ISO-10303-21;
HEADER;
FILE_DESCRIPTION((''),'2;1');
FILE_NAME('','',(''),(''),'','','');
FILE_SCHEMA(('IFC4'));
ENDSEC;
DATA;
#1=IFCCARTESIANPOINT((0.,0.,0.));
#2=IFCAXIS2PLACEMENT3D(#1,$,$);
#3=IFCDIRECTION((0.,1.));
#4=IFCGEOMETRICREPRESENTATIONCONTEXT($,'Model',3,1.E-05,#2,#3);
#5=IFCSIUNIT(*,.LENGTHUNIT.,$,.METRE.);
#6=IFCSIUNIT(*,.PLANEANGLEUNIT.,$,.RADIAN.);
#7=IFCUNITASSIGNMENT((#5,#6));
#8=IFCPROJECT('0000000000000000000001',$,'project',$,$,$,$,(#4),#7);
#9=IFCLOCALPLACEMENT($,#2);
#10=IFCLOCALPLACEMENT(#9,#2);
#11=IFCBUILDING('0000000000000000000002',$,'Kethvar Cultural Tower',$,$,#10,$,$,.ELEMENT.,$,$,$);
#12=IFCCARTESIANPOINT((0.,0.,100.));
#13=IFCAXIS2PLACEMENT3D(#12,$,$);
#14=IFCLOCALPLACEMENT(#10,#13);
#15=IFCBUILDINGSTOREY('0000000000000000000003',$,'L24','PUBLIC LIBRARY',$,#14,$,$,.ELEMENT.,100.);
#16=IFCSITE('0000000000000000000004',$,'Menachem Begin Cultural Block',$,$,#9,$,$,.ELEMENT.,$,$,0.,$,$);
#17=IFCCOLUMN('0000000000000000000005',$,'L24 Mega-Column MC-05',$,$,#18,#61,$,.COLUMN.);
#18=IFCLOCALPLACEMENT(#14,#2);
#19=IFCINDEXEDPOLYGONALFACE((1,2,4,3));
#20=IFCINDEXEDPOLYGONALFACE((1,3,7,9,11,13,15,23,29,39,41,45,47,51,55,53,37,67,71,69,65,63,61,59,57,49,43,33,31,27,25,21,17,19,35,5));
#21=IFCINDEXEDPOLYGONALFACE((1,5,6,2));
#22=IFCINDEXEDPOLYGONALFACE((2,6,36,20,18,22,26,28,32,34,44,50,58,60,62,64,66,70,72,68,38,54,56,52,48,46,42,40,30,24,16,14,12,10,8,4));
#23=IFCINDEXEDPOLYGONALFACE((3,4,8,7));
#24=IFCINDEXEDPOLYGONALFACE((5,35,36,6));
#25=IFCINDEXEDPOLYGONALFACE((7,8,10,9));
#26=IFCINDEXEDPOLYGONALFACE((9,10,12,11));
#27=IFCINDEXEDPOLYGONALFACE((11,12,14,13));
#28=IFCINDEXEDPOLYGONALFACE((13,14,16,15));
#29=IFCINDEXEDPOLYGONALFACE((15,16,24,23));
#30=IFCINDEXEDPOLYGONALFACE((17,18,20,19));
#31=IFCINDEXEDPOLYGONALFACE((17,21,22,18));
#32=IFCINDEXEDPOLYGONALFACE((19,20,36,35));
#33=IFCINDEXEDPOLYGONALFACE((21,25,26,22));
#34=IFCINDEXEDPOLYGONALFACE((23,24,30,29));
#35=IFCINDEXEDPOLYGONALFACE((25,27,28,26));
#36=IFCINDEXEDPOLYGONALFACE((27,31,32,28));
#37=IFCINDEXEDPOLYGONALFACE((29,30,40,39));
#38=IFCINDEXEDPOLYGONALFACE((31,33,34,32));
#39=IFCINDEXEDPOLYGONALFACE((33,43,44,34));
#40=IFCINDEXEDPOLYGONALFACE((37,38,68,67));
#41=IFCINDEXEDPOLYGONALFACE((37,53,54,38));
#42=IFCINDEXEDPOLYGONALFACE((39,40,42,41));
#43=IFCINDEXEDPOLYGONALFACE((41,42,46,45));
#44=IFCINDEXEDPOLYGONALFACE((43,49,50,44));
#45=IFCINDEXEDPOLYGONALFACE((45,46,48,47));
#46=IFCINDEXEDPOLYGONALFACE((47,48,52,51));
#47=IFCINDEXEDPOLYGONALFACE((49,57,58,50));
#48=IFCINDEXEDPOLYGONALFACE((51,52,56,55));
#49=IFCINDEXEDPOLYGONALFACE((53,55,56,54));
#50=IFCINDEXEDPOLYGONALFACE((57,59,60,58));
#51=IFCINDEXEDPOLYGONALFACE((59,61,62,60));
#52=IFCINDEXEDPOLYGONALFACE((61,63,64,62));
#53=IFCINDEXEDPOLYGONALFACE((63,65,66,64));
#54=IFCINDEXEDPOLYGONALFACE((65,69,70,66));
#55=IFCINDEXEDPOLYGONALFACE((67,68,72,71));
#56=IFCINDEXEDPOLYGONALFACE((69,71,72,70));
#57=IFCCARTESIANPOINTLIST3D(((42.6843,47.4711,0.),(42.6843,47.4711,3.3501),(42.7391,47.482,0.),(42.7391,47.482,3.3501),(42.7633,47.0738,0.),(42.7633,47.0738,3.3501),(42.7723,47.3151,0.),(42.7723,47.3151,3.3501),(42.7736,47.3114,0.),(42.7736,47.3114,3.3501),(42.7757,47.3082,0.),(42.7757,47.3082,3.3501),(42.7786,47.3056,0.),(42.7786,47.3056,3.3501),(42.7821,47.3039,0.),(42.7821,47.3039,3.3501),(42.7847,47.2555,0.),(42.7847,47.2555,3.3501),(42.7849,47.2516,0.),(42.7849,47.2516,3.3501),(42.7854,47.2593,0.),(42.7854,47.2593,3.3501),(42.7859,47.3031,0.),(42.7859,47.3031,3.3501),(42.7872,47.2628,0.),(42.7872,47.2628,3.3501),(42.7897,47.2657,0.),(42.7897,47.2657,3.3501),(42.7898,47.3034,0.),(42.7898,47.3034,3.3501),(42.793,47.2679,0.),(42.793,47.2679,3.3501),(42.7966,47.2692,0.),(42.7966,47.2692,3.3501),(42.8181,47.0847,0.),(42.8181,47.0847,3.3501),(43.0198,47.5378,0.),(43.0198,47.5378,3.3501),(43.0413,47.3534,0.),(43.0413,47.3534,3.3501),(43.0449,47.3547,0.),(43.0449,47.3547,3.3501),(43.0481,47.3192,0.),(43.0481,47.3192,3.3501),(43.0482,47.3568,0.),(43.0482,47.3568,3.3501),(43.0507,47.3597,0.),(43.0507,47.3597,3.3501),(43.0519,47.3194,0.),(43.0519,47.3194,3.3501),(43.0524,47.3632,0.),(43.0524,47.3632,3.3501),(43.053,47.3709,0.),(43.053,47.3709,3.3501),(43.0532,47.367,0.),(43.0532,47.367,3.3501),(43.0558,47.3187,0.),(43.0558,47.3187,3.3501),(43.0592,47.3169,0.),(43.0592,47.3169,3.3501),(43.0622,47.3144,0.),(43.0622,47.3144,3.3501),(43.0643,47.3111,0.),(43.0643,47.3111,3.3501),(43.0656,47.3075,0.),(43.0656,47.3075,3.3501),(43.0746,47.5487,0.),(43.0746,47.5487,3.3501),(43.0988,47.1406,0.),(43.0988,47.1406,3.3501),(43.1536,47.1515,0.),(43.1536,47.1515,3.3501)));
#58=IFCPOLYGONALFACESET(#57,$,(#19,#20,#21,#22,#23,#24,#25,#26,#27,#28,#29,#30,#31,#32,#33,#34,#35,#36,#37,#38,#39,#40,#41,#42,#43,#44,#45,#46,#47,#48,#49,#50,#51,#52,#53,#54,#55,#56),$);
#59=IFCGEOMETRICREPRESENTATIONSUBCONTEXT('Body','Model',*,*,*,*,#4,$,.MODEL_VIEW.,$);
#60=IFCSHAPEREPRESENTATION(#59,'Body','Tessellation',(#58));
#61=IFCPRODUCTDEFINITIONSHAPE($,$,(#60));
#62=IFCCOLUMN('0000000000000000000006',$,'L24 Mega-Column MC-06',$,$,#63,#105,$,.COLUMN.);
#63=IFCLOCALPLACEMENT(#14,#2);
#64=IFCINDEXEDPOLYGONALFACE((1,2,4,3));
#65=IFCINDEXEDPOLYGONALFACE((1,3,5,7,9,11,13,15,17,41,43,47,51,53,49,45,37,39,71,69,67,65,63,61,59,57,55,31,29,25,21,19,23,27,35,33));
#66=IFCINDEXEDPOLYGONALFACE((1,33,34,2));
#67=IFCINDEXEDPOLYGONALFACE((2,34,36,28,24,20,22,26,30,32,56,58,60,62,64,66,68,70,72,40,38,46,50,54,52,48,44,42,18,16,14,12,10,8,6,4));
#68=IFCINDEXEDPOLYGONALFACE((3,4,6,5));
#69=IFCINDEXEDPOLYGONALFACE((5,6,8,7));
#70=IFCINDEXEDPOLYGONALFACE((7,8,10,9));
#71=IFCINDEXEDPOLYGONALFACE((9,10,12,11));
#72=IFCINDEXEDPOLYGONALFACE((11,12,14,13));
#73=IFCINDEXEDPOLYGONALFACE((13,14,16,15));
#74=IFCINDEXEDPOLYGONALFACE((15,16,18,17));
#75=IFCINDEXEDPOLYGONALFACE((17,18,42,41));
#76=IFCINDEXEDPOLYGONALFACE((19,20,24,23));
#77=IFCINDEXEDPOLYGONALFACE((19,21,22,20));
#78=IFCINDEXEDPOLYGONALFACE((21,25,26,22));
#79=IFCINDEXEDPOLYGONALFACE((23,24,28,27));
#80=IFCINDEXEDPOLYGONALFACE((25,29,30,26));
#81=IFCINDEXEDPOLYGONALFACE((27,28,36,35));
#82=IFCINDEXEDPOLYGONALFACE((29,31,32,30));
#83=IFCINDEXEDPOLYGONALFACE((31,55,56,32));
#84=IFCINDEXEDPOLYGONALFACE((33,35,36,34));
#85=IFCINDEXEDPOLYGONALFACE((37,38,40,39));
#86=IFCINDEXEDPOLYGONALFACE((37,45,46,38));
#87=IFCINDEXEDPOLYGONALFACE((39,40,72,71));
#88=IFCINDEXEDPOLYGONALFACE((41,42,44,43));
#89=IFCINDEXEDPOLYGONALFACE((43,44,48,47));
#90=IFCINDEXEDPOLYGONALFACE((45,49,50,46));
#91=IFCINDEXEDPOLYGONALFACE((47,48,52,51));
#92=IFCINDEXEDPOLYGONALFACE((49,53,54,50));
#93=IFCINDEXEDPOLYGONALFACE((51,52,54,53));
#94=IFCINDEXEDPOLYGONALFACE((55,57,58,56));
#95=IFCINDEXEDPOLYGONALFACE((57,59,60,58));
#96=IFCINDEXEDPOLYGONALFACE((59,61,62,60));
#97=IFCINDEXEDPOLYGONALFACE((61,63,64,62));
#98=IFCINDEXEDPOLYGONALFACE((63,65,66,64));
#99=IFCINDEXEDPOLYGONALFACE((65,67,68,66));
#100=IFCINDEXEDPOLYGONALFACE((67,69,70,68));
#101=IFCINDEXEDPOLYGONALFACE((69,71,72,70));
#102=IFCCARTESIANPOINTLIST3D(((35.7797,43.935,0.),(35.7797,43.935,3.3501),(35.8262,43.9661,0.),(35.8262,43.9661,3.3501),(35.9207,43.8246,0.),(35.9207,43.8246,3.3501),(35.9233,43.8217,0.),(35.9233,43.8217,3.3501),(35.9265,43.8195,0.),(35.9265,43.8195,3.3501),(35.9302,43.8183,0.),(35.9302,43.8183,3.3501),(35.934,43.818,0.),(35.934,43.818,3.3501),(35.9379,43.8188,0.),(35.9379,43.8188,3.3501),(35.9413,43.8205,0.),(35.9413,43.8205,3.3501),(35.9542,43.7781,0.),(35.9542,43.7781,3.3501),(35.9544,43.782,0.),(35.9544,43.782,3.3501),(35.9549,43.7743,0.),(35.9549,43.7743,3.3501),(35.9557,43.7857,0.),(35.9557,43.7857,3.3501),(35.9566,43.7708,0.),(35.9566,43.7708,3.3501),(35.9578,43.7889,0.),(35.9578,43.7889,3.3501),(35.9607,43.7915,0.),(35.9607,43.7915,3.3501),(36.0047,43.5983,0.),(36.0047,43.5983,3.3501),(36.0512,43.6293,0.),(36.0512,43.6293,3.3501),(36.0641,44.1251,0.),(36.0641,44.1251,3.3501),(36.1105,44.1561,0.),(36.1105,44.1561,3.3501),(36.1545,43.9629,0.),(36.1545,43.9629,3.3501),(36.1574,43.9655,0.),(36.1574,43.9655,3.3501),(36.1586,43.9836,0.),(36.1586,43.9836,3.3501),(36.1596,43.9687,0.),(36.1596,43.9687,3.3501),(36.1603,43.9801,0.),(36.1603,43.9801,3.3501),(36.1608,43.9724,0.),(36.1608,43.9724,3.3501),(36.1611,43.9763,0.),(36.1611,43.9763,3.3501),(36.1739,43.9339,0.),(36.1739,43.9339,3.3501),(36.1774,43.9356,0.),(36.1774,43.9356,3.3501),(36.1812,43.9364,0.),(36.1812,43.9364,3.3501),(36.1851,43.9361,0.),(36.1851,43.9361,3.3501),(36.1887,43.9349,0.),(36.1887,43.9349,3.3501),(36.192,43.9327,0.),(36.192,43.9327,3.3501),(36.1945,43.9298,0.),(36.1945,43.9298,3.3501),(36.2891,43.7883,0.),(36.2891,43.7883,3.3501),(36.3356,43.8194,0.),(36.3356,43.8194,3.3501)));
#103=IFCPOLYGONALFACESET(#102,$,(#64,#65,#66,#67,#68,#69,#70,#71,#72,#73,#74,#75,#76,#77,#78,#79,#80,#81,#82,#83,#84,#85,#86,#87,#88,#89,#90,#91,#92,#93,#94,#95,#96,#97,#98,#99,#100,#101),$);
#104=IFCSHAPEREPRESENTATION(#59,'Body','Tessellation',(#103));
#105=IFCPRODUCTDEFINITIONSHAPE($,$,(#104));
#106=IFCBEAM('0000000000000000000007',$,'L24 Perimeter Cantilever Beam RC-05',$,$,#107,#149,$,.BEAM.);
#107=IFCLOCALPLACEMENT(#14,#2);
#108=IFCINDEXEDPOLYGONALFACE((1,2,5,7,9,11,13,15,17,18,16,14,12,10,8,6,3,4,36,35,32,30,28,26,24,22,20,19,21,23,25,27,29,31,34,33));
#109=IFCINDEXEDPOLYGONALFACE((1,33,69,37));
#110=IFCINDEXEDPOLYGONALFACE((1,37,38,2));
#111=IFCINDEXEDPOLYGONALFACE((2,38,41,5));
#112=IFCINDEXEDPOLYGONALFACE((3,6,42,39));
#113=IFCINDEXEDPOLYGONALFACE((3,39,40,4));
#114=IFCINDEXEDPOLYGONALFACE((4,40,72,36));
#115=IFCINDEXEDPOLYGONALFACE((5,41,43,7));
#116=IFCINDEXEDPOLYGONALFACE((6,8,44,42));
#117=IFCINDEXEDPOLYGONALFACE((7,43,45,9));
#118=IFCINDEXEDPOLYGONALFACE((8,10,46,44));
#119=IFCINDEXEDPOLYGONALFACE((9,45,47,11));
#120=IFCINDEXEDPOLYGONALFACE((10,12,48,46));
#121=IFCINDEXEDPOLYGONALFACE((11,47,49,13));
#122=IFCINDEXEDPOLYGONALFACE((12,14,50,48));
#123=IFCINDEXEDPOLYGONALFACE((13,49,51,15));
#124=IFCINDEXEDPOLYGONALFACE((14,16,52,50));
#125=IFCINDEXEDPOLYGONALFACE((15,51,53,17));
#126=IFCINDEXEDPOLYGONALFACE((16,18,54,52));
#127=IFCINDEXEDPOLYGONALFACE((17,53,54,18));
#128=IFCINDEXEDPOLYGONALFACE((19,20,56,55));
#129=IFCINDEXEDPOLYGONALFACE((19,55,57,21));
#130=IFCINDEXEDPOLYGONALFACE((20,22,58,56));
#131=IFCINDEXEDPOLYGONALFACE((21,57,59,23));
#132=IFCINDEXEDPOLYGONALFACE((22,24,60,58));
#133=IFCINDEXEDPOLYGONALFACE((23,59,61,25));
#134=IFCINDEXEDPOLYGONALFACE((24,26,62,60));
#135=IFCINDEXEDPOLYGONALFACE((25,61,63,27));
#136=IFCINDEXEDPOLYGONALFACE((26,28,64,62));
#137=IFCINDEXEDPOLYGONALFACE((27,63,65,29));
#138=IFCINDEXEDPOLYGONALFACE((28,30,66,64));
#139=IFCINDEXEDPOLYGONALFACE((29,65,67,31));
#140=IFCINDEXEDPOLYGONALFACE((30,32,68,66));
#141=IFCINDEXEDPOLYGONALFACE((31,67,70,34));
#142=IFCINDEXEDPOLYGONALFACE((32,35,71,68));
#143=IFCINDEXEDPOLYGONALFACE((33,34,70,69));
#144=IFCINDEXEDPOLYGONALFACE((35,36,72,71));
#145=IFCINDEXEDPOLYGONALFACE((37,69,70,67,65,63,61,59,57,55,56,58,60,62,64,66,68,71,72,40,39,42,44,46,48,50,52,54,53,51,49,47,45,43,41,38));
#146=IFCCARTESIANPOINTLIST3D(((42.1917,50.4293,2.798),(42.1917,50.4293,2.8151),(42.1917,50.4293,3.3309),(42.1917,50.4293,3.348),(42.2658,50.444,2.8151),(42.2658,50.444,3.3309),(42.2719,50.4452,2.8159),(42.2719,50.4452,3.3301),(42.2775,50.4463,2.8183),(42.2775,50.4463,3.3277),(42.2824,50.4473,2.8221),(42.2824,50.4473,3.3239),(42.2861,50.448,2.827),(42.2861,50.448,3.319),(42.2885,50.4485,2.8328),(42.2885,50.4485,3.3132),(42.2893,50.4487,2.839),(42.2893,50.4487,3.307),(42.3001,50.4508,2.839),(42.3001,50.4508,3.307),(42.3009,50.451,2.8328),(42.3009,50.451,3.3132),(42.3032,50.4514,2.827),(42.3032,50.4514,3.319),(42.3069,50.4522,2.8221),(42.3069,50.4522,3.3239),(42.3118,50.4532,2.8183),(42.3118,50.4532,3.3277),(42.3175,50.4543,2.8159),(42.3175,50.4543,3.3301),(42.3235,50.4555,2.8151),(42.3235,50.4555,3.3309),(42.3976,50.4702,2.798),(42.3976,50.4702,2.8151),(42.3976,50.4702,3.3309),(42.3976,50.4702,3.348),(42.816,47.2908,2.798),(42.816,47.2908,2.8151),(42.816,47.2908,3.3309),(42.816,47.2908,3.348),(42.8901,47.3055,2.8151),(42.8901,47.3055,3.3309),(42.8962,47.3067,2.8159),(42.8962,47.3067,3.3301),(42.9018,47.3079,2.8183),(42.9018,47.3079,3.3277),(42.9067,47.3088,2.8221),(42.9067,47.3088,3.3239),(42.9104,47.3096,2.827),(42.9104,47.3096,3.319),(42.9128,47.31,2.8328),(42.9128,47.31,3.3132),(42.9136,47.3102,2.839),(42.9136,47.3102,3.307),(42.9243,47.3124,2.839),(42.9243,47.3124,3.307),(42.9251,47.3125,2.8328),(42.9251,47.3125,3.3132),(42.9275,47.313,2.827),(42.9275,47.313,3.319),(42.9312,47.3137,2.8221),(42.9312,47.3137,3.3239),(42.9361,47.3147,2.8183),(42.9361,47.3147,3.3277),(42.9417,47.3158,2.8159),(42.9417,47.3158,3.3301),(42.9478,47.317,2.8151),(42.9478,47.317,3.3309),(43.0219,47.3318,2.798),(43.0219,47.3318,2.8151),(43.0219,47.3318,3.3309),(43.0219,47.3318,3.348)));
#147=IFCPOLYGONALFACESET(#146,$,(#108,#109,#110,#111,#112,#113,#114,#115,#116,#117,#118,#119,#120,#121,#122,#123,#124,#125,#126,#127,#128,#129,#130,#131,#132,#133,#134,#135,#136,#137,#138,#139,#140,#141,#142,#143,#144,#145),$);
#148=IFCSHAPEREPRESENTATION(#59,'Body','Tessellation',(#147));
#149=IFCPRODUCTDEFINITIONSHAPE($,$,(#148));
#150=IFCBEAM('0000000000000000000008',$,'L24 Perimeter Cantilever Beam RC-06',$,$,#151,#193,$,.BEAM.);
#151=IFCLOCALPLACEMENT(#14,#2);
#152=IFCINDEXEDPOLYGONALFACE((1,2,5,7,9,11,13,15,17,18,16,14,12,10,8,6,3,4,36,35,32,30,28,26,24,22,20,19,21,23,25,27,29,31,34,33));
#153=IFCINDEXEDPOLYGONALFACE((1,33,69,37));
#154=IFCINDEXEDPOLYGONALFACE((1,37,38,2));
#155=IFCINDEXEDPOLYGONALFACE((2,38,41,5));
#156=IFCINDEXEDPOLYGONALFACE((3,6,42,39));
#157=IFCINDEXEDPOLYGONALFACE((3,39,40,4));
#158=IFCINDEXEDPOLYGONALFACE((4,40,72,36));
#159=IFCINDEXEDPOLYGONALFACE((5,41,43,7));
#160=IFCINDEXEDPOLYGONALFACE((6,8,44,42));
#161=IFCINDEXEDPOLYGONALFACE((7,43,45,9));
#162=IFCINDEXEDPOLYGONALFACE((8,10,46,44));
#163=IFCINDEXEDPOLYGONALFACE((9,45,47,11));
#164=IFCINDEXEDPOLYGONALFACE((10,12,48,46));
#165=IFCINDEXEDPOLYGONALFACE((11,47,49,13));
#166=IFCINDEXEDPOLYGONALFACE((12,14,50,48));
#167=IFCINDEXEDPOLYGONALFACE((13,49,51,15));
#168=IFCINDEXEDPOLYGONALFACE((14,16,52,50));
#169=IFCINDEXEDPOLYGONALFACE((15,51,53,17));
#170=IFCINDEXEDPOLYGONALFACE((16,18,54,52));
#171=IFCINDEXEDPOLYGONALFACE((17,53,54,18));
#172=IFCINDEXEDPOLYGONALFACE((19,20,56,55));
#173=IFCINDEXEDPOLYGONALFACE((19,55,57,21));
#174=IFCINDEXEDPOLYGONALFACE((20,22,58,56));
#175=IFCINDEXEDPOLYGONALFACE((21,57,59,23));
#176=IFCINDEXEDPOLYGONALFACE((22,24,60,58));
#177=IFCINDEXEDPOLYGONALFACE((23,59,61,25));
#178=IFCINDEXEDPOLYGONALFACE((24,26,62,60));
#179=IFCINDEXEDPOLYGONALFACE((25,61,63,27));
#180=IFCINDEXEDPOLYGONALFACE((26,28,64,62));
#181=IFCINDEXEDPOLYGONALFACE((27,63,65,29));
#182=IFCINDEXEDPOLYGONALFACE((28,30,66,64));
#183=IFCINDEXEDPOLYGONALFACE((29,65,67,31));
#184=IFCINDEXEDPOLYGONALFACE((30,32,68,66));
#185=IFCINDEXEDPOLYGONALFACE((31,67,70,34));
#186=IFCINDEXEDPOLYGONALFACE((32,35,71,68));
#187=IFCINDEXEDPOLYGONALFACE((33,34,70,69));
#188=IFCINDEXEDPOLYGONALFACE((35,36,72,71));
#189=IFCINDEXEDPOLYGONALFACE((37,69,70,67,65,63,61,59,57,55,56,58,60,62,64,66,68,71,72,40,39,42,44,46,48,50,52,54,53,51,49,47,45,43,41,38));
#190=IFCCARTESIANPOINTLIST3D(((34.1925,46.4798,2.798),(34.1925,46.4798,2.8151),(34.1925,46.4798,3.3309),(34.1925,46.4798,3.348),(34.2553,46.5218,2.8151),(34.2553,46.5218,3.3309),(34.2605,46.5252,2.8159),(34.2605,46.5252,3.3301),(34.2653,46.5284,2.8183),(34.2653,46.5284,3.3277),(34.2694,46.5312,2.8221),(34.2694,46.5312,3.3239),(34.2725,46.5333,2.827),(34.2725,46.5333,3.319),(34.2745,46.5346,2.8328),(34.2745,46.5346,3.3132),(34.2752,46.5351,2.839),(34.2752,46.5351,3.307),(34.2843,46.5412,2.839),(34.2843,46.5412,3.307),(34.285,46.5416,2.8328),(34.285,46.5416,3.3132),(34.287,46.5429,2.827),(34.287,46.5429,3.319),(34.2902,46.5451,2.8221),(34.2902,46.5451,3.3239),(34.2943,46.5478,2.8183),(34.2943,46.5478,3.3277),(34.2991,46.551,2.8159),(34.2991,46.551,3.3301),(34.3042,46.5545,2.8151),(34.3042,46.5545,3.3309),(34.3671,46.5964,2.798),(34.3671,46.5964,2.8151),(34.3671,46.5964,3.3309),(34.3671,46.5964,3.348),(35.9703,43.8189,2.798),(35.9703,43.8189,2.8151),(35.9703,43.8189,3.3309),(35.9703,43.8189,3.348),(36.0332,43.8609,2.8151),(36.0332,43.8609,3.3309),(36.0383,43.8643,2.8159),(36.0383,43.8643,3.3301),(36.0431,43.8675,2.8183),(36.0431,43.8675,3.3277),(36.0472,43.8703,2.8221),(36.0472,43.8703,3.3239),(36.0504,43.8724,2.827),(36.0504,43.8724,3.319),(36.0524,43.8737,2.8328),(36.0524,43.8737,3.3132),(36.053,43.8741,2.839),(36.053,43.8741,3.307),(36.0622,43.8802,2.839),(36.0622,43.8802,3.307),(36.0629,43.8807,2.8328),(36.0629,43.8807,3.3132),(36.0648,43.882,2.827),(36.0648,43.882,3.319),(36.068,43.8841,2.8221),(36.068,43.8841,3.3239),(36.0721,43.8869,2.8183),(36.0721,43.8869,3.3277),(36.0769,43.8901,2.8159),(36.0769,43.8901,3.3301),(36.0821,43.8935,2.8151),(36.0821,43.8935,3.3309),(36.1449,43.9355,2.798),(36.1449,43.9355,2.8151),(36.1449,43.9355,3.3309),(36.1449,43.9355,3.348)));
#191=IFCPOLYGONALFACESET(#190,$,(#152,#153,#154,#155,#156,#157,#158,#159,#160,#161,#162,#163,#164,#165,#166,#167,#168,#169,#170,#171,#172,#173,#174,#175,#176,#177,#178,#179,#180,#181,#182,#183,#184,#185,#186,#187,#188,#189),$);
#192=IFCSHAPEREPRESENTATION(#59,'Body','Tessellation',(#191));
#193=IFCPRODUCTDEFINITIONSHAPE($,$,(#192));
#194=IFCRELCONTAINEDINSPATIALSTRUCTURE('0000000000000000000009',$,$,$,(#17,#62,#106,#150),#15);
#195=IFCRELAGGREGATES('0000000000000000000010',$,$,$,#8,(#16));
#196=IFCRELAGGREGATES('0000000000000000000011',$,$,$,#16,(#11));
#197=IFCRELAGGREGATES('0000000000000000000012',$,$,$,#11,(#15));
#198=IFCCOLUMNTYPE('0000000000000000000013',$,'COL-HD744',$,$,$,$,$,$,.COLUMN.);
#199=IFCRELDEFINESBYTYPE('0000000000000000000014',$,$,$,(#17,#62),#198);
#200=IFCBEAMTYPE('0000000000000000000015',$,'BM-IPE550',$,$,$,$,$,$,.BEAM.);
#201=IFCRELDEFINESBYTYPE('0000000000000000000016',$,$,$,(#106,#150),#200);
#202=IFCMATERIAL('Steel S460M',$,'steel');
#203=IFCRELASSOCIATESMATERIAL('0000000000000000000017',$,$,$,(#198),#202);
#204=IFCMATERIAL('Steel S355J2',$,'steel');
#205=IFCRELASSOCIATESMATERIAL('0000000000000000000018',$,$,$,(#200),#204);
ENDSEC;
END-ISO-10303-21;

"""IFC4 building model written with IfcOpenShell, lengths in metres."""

from ifc_helpers import new_model, si_unit, direction, frame, origin, origin_2d, place, context, subcontext, project, spatial, i_section, extrude, source, transform, mapped, material, material_profile, profile_set, type_object, element, save


model = new_model("IFC4")

# Units and contexts
model_context = context("Model", 3, precision=1e-05, world=origin(), true_north=direction((0.0, 1.0)))
body_context = subcontext(model_context, "Body", "Model", "MODEL_VIEW")
ifc_project = project(units=[si_unit("LENGTHUNIT", "METRE"), si_unit("PLANEANGLEUNIT", "RADIAN")], contexts=[model_context])

# Site, building, storey
site_placement = place(None, origin())
site = spatial("IfcSite", under=ifc_project, at=site_placement, Name="Menachem Begin Cultural Block", CompositionType="ELEMENT", RefElevation=0.0)
building_placement = place(site_placement, origin())
building = spatial("IfcBuilding", under=site, at=building_placement, Name="Kethvar Cultural Tower", CompositionType="ELEMENT")
storey_placement = place(building_placement, frame((0.0, 0.0, 100.0)))
storey = spatial("IfcBuildingStorey", under=building, at=storey_placement, Name="L24", Description="PUBLIC LIBRARY", CompositionType="ELEMENT", Elevation=100.0)

# Columns
ifc_material_1 = material(Name="Steel S460M", Category="steel")
ifc_material_profile_1 = material_profile(ifc_material_1, i_section(OverallWidth=0.405, OverallDepth=0.3979, WebThickness=0.0349, FlangeThickness=0.0559, FilletRadius=0.0149, at=origin_2d()), Name="Steel S460M — HD400x744")
ifc_profile_set_1 = profile_set([ifc_material_profile_1], Name="Steel S460M — HD400x744")
column_type = type_object("IfcColumnType", Name="COL-HD744", PredefinedType="COLUMN", material=ifc_profile_set_1)
shared_shape_1 = source(origin(), body_context, "Body", "SweptSolid", [
    extrude(i_section(OverallWidth=0.405, OverallDepth=0.3979, WebThickness=0.0349, FlangeThickness=0.0559, FilletRadius=0.0149, at=origin_2d()), origin(), (0.0, 0.0, 1.0), 3.3501),
])
for number, where, z_axis, x_axis, name in (
    (1, (42.9189, 47.3113, 0.0), (0.0, 0.0, 1.0), (-0.19509, 0.980785, 0.0), "L24 Mega-Column MC-05"),
    (2, (36.0576, 43.8772, 0.0), (0.0, 0.0, 1.0), (-0.55557, 0.83147, 0.0), "L24 Mega-Column MC-06"),
):
    element("IfcColumn", number, at=place(storey_placement, frame(where, z_axis=z_axis, x_axis=x_axis)), inside=storey, type_object=column_type, Name=name, PredefinedType="COLUMN", context=body_context, shape_type="MappedRepresentation", body=[
        mapped(shared_shape_1, transform((0.0, 0.0, 0.0), scale=1.0)),
    ])

# Beams
ifc_material_2 = material(Name="Steel S355J2", Category="steel")
ifc_material_profile_2 = material_profile(ifc_material_2, i_section(OverallWidth=0.21, OverallDepth=0.55, WebThickness=0.011, FlangeThickness=0.0171, FilletRadius=0.0239, at=origin_2d()), Name="Steel S355J2 — IPE550")
ifc_profile_set_2 = profile_set([ifc_material_profile_2], Name="Steel S355J2 — IPE550")
beam_type_1 = type_object("IfcBeamType", Name="BM-IPE550", PredefinedType="BEAM", material=ifc_profile_set_2)
shared_shape_2 = source(origin(), body_context, "Body", "SweptSolid", [
    extrude(i_section(OverallWidth=0.21, OverallDepth=0.55, WebThickness=0.011, FlangeThickness=0.0171, FilletRadius=0.0239, at=origin_2d()), origin(), (0.0, 0.0, 1.0), 3.2),
])
beam_1_placement = place(storey_placement, frame((42.9189, 47.3113, 3.073), z_axis=(-0.195089, 0.980786, 0.0), x_axis=(-0.980786, -0.195089, 0.0)))
element("IfcBeam", 3, at=beam_1_placement, inside=storey, type_object=beam_type_1, Name="L24 Perimeter Cantilever Beam RC-05", PredefinedType="BEAM", context=body_context, shape_type="MappedRepresentation", body=[
    mapped(shared_shape_2, transform((0.0, 0.0, 0.0), scale=1.0)),
])
shared_shape_3 = source(origin(), body_context, "Body", "SweptSolid", [
    extrude(i_section(OverallWidth=0.21, OverallDepth=0.55, WebThickness=0.011, FlangeThickness=0.0171, FilletRadius=0.0239, at=origin_2d()), origin(), (0.0, 0.0, 1.0), 3.2002),
])
beam_2_placement = place(storey_placement, frame((36.0576, 43.8772, 3.073), z_axis=(-0.555545, 0.831486, 0.0), x_axis=(-0.831486, -0.555545, 0.0)))
element("IfcBeam", 4, at=beam_2_placement, inside=storey, type_object=beam_type_1, Name="L24 Perimeter Cantilever Beam RC-06", PredefinedType="BEAM", context=body_context, shape_type="MappedRepresentation", body=[
    mapped(shared_shape_3, transform((0.0, 0.0, 0.0), scale=1.0)),
])

save(model, "model.ifc")
